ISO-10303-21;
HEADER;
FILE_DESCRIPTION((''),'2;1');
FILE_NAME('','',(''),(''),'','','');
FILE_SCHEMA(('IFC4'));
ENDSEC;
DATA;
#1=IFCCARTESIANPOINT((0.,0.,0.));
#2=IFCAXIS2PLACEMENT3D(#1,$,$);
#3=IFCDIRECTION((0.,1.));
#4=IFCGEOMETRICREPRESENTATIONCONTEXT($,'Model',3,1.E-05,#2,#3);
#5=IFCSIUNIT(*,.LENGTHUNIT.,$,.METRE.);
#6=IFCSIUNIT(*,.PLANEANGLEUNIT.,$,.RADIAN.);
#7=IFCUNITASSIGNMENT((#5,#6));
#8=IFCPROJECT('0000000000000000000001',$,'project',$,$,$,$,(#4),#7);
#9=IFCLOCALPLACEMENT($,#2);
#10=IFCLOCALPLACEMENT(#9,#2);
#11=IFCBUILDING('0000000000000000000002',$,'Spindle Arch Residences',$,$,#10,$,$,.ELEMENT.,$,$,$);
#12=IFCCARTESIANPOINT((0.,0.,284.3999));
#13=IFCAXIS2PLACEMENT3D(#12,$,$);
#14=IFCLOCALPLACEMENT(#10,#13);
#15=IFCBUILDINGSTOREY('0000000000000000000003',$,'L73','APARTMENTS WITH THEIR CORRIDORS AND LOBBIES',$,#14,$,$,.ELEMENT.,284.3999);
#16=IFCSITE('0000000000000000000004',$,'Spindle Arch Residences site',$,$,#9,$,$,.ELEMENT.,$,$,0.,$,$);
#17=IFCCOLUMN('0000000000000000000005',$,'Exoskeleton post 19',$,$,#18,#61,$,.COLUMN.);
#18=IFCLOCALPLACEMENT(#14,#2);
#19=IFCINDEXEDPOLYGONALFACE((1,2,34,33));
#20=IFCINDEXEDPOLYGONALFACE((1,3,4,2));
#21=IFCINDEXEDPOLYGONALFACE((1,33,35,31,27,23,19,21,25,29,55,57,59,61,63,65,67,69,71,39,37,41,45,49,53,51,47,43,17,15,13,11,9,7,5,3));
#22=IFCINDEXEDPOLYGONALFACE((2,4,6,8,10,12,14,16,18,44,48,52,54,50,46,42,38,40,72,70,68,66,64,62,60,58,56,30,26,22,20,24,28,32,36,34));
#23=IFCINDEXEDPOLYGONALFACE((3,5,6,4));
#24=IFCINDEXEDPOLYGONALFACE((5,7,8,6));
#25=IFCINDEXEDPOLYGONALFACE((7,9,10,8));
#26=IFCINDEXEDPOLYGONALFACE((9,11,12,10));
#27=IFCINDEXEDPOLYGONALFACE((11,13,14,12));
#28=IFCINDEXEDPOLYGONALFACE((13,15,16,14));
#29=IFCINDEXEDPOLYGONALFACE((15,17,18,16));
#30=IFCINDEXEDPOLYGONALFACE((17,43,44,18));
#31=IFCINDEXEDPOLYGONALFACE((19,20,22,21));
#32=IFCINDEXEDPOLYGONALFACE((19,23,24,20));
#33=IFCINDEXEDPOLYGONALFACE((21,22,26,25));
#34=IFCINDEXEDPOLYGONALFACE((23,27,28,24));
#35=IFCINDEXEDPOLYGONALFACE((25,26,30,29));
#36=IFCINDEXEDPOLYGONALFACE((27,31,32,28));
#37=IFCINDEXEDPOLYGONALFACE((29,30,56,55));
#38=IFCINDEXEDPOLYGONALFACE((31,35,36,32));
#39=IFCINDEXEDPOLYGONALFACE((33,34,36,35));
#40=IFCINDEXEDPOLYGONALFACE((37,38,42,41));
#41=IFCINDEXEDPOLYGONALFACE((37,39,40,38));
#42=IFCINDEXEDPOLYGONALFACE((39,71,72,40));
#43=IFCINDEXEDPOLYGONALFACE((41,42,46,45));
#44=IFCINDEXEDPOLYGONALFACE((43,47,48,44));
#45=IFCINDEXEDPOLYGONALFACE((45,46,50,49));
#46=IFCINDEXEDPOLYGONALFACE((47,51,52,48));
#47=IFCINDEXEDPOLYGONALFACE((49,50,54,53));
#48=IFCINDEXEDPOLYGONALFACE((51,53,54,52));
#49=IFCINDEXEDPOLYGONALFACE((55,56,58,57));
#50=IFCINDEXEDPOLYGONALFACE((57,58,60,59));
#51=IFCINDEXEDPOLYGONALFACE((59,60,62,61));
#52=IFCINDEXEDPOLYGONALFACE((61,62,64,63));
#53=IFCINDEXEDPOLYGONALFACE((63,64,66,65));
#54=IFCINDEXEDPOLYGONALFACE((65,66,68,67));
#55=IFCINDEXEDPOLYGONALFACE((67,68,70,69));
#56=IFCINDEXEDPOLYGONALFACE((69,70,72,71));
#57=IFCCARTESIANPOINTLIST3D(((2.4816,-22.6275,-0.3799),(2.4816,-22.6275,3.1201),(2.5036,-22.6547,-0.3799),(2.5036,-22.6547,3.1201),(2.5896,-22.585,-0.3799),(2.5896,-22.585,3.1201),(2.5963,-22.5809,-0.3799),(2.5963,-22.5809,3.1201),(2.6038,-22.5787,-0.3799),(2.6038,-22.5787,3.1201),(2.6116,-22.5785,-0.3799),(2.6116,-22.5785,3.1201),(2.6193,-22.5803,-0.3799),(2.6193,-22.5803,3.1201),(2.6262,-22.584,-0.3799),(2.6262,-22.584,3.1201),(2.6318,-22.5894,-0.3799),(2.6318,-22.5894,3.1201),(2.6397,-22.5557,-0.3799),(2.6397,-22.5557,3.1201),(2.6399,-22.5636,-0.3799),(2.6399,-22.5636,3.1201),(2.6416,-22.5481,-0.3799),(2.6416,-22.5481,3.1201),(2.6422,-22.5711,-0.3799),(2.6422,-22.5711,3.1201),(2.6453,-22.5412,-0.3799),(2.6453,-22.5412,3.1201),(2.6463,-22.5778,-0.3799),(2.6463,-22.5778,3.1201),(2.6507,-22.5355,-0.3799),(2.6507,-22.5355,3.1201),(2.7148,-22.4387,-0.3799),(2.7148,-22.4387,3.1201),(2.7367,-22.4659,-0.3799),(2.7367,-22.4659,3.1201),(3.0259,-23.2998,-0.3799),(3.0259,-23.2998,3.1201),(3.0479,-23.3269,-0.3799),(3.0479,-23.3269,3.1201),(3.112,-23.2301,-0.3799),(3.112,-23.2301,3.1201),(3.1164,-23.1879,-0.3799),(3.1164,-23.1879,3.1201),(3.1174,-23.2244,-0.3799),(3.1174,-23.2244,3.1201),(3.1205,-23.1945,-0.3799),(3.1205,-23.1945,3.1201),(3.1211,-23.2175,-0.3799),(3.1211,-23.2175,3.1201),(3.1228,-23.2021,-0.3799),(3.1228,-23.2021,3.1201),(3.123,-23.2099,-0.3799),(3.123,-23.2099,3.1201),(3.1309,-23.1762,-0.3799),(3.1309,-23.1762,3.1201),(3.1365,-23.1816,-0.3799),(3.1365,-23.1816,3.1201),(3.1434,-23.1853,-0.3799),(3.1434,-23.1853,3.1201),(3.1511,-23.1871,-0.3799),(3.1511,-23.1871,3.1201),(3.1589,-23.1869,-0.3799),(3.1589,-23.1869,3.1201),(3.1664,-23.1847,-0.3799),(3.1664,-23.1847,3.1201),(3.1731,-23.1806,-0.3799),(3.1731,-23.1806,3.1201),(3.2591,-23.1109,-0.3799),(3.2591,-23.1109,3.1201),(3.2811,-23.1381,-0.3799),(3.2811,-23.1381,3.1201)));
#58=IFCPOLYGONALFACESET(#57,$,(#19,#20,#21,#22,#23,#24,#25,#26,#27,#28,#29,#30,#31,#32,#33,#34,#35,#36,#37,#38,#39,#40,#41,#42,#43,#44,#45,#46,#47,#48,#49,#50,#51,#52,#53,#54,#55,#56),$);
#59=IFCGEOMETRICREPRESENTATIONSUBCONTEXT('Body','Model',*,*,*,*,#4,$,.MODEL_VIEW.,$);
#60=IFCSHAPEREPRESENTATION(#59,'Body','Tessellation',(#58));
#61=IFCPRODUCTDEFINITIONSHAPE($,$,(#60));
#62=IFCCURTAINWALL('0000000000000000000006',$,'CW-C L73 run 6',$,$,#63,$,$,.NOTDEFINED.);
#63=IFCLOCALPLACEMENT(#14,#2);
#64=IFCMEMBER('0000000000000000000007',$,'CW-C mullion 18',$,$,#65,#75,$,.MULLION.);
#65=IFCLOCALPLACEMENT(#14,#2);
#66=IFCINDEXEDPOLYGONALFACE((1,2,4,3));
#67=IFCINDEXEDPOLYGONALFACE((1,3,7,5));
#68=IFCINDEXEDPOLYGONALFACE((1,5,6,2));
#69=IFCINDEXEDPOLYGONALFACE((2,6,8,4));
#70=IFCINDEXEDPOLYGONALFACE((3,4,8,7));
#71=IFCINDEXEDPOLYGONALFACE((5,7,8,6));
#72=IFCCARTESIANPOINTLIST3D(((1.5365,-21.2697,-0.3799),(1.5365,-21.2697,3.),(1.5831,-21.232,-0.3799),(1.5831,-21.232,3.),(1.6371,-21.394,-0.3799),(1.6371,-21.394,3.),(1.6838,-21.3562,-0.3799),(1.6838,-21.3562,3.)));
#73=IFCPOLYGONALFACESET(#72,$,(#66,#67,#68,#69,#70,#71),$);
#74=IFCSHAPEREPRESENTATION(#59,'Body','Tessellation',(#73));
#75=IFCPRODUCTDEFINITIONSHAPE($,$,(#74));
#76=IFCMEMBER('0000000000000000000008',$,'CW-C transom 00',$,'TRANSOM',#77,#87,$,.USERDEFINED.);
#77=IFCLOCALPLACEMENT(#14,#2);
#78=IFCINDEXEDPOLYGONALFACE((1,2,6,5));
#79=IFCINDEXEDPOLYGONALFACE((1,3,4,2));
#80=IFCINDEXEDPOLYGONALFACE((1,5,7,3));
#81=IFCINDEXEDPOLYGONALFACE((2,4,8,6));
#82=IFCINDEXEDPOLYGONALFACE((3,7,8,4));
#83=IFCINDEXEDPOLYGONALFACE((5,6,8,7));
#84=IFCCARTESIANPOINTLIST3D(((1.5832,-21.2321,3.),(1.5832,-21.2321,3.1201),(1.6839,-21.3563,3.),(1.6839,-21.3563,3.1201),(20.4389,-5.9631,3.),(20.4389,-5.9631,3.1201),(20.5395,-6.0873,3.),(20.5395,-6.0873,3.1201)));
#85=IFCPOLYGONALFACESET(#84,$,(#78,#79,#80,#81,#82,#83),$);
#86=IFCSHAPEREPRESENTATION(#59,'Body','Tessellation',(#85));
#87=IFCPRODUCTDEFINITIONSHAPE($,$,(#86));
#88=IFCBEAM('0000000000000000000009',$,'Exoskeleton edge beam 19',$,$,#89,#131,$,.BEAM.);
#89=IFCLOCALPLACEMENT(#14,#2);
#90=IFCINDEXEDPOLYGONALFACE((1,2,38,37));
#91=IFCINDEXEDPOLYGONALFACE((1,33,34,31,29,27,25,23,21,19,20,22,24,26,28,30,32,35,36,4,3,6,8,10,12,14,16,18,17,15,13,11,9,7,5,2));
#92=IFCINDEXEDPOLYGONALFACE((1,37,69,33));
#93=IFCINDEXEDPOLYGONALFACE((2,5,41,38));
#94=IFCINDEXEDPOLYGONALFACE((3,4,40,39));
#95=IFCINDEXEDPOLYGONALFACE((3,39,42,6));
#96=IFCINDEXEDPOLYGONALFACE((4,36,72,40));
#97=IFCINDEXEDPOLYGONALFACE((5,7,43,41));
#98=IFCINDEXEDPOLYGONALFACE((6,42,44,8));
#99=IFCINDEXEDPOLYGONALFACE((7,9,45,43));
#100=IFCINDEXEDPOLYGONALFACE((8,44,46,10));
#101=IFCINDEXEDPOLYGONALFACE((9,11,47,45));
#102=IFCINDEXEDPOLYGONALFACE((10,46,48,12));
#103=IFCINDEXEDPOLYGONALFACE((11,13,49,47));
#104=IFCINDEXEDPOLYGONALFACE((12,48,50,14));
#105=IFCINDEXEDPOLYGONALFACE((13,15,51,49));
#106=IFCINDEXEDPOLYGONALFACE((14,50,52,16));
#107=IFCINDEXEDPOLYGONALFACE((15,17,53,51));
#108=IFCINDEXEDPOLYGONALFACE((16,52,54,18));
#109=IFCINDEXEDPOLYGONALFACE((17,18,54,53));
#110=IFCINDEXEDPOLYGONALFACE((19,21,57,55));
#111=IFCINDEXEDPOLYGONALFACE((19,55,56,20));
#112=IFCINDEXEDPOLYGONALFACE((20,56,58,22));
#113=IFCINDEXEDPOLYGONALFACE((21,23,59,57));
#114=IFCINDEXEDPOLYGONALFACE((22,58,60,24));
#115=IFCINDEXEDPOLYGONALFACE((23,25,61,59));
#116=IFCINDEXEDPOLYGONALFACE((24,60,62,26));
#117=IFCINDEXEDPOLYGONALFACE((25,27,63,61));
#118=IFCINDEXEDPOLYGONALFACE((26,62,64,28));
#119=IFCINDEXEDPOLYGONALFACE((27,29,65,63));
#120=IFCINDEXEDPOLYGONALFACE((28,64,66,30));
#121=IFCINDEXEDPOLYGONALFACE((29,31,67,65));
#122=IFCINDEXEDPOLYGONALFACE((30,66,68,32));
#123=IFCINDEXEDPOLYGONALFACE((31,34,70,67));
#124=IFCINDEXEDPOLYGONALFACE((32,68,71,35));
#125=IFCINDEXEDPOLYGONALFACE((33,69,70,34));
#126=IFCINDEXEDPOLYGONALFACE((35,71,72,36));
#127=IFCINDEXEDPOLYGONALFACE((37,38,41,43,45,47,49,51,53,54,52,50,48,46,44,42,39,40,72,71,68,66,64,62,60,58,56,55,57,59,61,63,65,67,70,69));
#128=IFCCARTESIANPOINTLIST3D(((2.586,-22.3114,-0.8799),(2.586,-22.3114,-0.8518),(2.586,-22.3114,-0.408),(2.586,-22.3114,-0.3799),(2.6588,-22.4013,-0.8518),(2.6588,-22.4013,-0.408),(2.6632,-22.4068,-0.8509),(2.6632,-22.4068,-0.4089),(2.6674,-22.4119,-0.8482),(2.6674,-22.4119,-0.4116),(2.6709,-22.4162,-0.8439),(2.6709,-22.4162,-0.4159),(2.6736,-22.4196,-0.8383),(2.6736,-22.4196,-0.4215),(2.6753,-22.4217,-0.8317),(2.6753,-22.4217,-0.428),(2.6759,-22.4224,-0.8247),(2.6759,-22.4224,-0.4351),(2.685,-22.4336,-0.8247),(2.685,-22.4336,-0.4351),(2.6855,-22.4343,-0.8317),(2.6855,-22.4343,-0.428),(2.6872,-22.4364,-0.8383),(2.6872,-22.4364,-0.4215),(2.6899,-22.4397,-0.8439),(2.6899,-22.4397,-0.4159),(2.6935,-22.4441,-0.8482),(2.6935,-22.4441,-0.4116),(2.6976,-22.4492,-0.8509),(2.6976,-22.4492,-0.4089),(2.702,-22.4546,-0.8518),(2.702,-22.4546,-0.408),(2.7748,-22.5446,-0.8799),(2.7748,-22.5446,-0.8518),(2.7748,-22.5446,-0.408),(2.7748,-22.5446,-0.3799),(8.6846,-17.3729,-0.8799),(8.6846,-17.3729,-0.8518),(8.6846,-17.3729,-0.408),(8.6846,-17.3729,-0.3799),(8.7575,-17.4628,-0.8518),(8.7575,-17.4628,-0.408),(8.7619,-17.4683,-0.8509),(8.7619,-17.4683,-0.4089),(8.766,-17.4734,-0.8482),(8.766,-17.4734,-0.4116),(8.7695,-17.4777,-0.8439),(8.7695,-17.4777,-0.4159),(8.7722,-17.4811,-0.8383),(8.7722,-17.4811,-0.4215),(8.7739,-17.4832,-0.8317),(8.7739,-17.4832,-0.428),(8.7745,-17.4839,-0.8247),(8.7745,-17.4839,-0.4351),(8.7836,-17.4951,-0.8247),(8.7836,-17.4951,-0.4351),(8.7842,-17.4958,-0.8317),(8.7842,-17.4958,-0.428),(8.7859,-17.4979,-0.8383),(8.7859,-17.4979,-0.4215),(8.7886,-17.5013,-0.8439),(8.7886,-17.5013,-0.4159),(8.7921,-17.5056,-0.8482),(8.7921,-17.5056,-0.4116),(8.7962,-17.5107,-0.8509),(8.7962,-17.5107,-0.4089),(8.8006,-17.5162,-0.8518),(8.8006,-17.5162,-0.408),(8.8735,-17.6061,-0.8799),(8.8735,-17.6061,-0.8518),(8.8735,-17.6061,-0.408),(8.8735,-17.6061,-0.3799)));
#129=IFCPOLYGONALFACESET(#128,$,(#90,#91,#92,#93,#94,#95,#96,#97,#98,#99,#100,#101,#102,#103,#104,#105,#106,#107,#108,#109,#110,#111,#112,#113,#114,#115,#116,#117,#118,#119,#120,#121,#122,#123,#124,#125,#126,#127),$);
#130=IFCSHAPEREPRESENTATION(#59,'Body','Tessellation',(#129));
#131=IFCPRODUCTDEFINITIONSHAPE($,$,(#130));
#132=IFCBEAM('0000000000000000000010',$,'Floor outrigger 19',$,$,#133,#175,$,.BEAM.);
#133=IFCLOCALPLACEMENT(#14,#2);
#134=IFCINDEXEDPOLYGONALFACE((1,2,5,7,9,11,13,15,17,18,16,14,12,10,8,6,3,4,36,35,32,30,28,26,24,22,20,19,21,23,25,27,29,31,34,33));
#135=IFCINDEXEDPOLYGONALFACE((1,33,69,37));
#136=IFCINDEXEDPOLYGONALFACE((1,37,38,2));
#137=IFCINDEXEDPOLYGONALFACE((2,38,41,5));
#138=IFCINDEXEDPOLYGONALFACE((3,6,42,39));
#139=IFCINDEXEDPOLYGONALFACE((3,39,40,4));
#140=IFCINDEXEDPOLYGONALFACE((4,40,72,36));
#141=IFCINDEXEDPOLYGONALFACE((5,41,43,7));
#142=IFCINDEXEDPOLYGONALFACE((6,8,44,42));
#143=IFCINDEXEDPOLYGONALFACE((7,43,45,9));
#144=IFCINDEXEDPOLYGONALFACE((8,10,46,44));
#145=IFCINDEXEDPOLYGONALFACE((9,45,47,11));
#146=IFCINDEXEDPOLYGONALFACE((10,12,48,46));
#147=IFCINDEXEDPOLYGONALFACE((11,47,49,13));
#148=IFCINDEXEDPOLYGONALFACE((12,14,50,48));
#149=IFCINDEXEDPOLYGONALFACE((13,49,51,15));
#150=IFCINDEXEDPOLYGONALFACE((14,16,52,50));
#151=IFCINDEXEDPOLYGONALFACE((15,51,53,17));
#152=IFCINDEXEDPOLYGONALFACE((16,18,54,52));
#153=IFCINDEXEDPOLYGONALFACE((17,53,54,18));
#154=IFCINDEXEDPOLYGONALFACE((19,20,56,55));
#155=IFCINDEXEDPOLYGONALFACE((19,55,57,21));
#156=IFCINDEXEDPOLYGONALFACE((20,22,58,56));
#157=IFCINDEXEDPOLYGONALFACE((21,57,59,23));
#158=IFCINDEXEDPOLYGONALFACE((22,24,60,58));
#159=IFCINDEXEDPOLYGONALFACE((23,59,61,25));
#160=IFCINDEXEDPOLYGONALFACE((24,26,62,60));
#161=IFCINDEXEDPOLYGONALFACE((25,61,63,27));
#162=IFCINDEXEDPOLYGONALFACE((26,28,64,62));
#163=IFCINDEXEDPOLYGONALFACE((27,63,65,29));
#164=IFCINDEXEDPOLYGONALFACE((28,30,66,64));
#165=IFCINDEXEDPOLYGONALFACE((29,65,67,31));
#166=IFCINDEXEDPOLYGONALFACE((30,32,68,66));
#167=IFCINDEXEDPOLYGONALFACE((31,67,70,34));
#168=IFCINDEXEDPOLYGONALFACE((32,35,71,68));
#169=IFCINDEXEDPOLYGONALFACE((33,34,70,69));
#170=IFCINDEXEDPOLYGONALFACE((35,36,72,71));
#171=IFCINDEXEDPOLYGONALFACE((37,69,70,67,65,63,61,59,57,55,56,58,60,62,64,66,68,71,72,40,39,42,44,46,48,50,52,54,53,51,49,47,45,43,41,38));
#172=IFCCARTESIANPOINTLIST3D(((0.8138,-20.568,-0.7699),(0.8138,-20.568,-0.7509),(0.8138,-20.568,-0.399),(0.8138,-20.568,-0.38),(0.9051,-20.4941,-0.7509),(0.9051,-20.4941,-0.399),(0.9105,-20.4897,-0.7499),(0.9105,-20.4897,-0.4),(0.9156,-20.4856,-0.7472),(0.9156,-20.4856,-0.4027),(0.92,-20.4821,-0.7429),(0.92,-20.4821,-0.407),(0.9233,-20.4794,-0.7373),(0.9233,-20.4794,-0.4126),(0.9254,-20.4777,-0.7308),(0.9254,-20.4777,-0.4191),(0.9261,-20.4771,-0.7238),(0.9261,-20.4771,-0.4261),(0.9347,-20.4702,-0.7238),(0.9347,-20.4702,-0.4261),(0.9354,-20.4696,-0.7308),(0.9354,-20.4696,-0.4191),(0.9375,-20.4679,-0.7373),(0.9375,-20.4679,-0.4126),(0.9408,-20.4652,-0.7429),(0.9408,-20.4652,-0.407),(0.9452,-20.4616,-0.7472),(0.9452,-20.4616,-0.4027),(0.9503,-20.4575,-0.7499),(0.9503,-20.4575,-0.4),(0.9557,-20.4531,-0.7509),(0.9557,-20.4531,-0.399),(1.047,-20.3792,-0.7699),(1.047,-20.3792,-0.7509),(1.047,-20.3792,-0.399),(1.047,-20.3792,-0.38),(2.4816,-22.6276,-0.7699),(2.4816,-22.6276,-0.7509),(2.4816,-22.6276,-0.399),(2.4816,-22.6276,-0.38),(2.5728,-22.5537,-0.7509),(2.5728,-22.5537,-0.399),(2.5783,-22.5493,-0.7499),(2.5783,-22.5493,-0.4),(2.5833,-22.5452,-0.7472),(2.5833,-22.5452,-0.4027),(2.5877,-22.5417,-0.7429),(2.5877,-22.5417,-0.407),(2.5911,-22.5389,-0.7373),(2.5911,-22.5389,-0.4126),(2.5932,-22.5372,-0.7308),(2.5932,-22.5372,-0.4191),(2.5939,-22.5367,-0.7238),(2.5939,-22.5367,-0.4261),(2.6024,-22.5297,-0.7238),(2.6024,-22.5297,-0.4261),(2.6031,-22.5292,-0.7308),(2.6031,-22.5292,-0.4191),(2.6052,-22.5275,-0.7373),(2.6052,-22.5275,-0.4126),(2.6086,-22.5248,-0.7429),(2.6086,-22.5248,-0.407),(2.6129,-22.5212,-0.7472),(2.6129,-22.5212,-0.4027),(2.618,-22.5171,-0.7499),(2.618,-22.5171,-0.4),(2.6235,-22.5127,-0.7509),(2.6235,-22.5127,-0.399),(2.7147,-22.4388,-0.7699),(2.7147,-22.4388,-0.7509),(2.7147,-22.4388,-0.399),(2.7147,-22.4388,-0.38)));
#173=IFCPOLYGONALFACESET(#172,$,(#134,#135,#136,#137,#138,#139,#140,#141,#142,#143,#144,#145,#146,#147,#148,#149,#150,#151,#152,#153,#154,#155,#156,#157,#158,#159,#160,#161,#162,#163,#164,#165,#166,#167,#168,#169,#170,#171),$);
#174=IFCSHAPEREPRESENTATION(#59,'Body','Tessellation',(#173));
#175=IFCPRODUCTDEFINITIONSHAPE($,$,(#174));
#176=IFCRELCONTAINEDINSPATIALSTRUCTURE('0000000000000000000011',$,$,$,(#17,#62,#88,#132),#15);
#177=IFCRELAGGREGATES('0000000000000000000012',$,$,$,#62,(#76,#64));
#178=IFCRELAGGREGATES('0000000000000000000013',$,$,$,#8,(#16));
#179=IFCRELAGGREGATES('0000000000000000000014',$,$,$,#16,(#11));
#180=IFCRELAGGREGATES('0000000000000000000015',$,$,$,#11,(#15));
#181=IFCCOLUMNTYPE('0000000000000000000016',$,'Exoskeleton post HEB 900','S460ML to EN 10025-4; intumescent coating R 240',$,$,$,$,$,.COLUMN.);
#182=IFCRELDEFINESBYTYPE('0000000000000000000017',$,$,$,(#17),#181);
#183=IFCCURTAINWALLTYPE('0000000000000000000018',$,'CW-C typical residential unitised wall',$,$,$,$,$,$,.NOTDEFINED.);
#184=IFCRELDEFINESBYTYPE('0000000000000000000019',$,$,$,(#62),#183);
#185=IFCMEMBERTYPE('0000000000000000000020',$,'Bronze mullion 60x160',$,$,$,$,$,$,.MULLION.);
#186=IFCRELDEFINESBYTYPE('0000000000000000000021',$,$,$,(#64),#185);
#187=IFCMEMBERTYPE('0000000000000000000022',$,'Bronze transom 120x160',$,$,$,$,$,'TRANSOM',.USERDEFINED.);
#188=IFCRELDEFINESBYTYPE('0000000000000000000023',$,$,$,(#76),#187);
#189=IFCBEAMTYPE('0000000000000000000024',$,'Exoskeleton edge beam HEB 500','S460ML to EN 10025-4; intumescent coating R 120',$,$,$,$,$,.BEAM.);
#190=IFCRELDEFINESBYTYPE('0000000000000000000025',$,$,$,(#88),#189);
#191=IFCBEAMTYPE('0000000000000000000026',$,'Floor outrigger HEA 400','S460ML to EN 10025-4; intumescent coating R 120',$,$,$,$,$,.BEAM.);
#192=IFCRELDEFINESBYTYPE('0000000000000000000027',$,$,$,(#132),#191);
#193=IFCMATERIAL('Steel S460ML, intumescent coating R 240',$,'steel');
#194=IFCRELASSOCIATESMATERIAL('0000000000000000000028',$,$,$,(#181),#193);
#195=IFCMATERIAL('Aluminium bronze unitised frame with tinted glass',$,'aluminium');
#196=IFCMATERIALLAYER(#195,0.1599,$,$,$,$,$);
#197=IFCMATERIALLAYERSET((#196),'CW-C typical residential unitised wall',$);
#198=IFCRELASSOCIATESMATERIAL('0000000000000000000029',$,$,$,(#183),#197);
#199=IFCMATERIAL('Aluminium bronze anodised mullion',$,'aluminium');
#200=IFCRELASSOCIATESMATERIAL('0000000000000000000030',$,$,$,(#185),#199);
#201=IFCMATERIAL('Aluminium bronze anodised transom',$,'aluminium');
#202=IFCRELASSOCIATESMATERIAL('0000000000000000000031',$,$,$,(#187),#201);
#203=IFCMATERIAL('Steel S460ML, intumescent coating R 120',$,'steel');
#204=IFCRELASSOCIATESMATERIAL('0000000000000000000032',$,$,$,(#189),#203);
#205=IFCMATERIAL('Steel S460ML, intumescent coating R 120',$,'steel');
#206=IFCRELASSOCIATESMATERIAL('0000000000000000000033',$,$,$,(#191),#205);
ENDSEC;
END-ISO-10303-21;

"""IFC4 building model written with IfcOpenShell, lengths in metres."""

from ifc_helpers import new_model, si_unit, direction, frame, origin, origin_2d, place, context, subcontext, project, spatial, rectangle, i_section, extrude, material, layer, layer_set, material_profile, profile_set, type_object, element, aggregate, save


model = new_model("IFC4")

# Units and contexts
model_context = context("Model", 3, precision=1e-05, world=origin(), true_north=direction((0.0, 1.0)))
body_context = subcontext(model_context, "Body", "Model", "MODEL_VIEW")
ifc_project = project(units=[si_unit("LENGTHUNIT", "METRE"), si_unit("PLANEANGLEUNIT", "RADIAN")], contexts=[model_context])

# Site, building, storey
site_placement = place(None, origin())
site = spatial("IfcSite", under=ifc_project, at=site_placement, Name="Spindle Arch Residences site", CompositionType="ELEMENT", RefElevation=0.0)
building_placement = place(site_placement, origin())
building = spatial("IfcBuilding", under=site, at=building_placement, Name="Spindle Arch Residences", CompositionType="ELEMENT")
storey_placement = place(building_placement, frame((0.0, 0.0, 284.3999)))
storey = spatial("IfcBuildingStorey", under=building, at=storey_placement, Name="L73", Description="APARTMENTS WITH THEIR CORRIDORS AND LOBBIES", CompositionType="ELEMENT", Elevation=284.3999)

# Column
ifc_material_1 = material(Name="Steel S460ML, intumescent coating R 240", Category="steel")
ifc_material_profile_1 = material_profile(ifc_material_1, i_section(OverallWidth=0.3, OverallDepth=0.8999, WebThickness=0.0186, FlangeThickness=0.0349, FilletRadius=0.03, at=origin_2d()), Name="HEB 900")
ifc_profile_set_1 = profile_set([ifc_material_profile_1], Name="Steel S460ML, intumescent coating R 240")
column_type = type_object("IfcColumnType", Name="Exoskeleton post HEB 900", Description="S460ML to EN 10025-4; intumescent coating R 240", PredefinedType="COLUMN", material=ifc_profile_set_1)
column_placement = place(storey_placement, frame((2.8813, -22.8828, -0.3799), z_axis=(0.0, 0.0, 1.0), x_axis=(-0.777146, -0.62932, 0.0)))
element("IfcColumn", 1, at=column_placement, inside=storey, type_object=column_type, Name="Exoskeleton post 19", PredefinedType="COLUMN", context=body_context, shape_type="SweptSolid", body=[
    extrude(i_section(OverallWidth=0.3, OverallDepth=0.8999, WebThickness=0.0186, FlangeThickness=0.0349, FilletRadius=0.03, at=origin_2d()), origin(), (0.0, 0.0, 1.0), 3.5),
])

# Curtain wall, members
ifc_material_2 = material(Name="Aluminium bronze unitised frame with tinted glass", Category="aluminium")
ifc_layer_1 = layer(ifc_material_2, 0.1599)
ifc_layer_set_1 = layer_set([ifc_layer_1], Name="CW-C typical residential unitised wall")
curtain_wall_type_1 = type_object("IfcCurtainWallType", Name="CW-C typical residential unitised wall", PredefinedType="NOTDEFINED", material=ifc_layer_set_1)
curtain_wall_1_placement = place(storey_placement, origin())
curtain_wall_1 = element("IfcCurtainWall", 2, at=curtain_wall_1_placement, inside=storey, type_object=curtain_wall_type_1, Name="CW-C L73 run 6", PredefinedType="NOTDEFINED")
ifc_material_3 = material(Name="Aluminium bronze anodised mullion", Category="aluminium")
ifc_material_profile_2 = material_profile(ifc_material_3, rectangle(XDim=0.1599, YDim=0.0601, at=origin_2d()), Name="MU 60x160")
ifc_profile_set_2 = profile_set([ifc_material_profile_2], Name="Aluminium bronze anodised mullion")
member_type_1 = type_object("IfcMemberType", Name="Bronze mullion 60x160", PredefinedType="MULLION", material=ifc_profile_set_2)
member_1_placement = place(storey_placement, frame((1.6101, -21.313, -0.3799), z_axis=(0.0, 0.0, 1.0), x_axis=(-0.62932, 0.777146, 0.0)))
member_1 = element("IfcMember", 3, at=member_1_placement, type_object=member_type_1, Name="CW-C mullion 18", PredefinedType="MULLION", context=body_context, shape_type="SweptSolid", body=[
    extrude(rectangle(XDim=0.1599, YDim=0.0601, at=origin_2d()), origin(), (0.0, 0.0, 1.0), 3.3799),
])
ifc_material_4 = material(Name="Aluminium bronze anodised transom", Category="aluminium")
ifc_material_profile_3 = material_profile(ifc_material_4, rectangle(XDim=0.1599, YDim=0.1201, at=origin_2d()), Name="TR 120x160")
ifc_profile_set_3 = profile_set([ifc_material_profile_3], Name="Aluminium bronze anodised transom")
member_type_2 = type_object("IfcMemberType", Name="Bronze transom 120x160", ElementType="TRANSOM", PredefinedType="USERDEFINED", material=ifc_profile_set_3)
member_2_placement = place(storey_placement, frame((1.6335, -21.2942, 3.0601), z_axis=(0.777146, 0.62932, 0.0), x_axis=(-0.62932, 0.777146, 0.0)))
member_2 = element("IfcMember", 4, at=member_2_placement, type_object=member_type_2, Name="CW-C transom 00", ObjectType="TRANSOM", PredefinedType="USERDEFINED", context=body_context, shape_type="SweptSolid", body=[
    extrude(rectangle(XDim=0.1599, YDim=0.1201, at=origin_2d()), origin(), (0.0, 0.0, 1.0), 24.2627),
])

# Beams
ifc_material_5 = material(Name="Steel S460ML, intumescent coating R 120", Category="steel")
ifc_material_profile_4 = material_profile(ifc_material_5, i_section(OverallWidth=0.3, OverallDepth=0.5, WebThickness=0.0144, FlangeThickness=0.0281, FilletRadius=0.0271, at=origin_2d()), Name="HEB 500")
ifc_profile_set_4 = profile_set([ifc_material_profile_4], Name="Steel S460ML, intumescent coating R 120")
beam_type_1 = type_object("IfcBeamType", Name="Exoskeleton edge beam HEB 500", Description="S460ML to EN 10025-4; intumescent coating R 120", PredefinedType="BEAM", material=ifc_profile_set_4)
beam_1_placement = place(storey_placement, frame((2.6804, -22.428, -0.6299), z_axis=(0.777152, 0.629313, 0.0), x_axis=(-0.629313, 0.777152, 0.0)))
element("IfcBeam", 5, at=beam_1_placement, inside=storey, type_object=beam_type_1, Name="Exoskeleton edge beam 19", PredefinedType="BEAM", context=body_context, shape_type="SweptSolid", body=[
    extrude(i_section(OverallWidth=0.3, OverallDepth=0.5, WebThickness=0.0144, FlangeThickness=0.0281, FilletRadius=0.0271, at=origin_2d()), origin(), (0.0, 0.0, 1.0), 7.8474),
])
ifc_material_6 = material(Name="Steel S460ML, intumescent coating R 120", Category="steel")
ifc_material_profile_5 = material_profile(ifc_material_6, i_section(OverallWidth=0.3, OverallDepth=0.3899, WebThickness=0.011, FlangeThickness=0.019, FilletRadius=0.0271, at=origin_2d()), Name="HEA 400")
ifc_profile_set_5 = profile_set([ifc_material_profile_5], Name="Steel S460ML, intumescent coating R 120")
beam_type_2 = type_object("IfcBeamType", Name="Floor outrigger HEA 400", Description="S460ML to EN 10025-4; intumescent coating R 120", PredefinedType="BEAM", material=ifc_profile_set_5)
beam_2_placement = place(storey_placement, frame((2.5981, -22.5332, -0.575), z_axis=(-0.629302, 0.777161, 0.0), x_axis=(-0.777161, -0.629302, 0.0)))
element("IfcBeam", 6, at=beam_2_placement, inside=storey, type_object=beam_type_2, Name="Floor outrigger 19", PredefinedType="BEAM", context=body_context, shape_type="SweptSolid", body=[
    extrude(i_section(OverallWidth=0.3, OverallDepth=0.3899, WebThickness=0.011, FlangeThickness=0.019, FilletRadius=0.0271, at=origin_2d()), origin(), (0.0, 0.0, 1.0), 2.6501),
])

aggregate(curtain_wall_1, [member_2, member_1])

save(model, "model.ifc")
